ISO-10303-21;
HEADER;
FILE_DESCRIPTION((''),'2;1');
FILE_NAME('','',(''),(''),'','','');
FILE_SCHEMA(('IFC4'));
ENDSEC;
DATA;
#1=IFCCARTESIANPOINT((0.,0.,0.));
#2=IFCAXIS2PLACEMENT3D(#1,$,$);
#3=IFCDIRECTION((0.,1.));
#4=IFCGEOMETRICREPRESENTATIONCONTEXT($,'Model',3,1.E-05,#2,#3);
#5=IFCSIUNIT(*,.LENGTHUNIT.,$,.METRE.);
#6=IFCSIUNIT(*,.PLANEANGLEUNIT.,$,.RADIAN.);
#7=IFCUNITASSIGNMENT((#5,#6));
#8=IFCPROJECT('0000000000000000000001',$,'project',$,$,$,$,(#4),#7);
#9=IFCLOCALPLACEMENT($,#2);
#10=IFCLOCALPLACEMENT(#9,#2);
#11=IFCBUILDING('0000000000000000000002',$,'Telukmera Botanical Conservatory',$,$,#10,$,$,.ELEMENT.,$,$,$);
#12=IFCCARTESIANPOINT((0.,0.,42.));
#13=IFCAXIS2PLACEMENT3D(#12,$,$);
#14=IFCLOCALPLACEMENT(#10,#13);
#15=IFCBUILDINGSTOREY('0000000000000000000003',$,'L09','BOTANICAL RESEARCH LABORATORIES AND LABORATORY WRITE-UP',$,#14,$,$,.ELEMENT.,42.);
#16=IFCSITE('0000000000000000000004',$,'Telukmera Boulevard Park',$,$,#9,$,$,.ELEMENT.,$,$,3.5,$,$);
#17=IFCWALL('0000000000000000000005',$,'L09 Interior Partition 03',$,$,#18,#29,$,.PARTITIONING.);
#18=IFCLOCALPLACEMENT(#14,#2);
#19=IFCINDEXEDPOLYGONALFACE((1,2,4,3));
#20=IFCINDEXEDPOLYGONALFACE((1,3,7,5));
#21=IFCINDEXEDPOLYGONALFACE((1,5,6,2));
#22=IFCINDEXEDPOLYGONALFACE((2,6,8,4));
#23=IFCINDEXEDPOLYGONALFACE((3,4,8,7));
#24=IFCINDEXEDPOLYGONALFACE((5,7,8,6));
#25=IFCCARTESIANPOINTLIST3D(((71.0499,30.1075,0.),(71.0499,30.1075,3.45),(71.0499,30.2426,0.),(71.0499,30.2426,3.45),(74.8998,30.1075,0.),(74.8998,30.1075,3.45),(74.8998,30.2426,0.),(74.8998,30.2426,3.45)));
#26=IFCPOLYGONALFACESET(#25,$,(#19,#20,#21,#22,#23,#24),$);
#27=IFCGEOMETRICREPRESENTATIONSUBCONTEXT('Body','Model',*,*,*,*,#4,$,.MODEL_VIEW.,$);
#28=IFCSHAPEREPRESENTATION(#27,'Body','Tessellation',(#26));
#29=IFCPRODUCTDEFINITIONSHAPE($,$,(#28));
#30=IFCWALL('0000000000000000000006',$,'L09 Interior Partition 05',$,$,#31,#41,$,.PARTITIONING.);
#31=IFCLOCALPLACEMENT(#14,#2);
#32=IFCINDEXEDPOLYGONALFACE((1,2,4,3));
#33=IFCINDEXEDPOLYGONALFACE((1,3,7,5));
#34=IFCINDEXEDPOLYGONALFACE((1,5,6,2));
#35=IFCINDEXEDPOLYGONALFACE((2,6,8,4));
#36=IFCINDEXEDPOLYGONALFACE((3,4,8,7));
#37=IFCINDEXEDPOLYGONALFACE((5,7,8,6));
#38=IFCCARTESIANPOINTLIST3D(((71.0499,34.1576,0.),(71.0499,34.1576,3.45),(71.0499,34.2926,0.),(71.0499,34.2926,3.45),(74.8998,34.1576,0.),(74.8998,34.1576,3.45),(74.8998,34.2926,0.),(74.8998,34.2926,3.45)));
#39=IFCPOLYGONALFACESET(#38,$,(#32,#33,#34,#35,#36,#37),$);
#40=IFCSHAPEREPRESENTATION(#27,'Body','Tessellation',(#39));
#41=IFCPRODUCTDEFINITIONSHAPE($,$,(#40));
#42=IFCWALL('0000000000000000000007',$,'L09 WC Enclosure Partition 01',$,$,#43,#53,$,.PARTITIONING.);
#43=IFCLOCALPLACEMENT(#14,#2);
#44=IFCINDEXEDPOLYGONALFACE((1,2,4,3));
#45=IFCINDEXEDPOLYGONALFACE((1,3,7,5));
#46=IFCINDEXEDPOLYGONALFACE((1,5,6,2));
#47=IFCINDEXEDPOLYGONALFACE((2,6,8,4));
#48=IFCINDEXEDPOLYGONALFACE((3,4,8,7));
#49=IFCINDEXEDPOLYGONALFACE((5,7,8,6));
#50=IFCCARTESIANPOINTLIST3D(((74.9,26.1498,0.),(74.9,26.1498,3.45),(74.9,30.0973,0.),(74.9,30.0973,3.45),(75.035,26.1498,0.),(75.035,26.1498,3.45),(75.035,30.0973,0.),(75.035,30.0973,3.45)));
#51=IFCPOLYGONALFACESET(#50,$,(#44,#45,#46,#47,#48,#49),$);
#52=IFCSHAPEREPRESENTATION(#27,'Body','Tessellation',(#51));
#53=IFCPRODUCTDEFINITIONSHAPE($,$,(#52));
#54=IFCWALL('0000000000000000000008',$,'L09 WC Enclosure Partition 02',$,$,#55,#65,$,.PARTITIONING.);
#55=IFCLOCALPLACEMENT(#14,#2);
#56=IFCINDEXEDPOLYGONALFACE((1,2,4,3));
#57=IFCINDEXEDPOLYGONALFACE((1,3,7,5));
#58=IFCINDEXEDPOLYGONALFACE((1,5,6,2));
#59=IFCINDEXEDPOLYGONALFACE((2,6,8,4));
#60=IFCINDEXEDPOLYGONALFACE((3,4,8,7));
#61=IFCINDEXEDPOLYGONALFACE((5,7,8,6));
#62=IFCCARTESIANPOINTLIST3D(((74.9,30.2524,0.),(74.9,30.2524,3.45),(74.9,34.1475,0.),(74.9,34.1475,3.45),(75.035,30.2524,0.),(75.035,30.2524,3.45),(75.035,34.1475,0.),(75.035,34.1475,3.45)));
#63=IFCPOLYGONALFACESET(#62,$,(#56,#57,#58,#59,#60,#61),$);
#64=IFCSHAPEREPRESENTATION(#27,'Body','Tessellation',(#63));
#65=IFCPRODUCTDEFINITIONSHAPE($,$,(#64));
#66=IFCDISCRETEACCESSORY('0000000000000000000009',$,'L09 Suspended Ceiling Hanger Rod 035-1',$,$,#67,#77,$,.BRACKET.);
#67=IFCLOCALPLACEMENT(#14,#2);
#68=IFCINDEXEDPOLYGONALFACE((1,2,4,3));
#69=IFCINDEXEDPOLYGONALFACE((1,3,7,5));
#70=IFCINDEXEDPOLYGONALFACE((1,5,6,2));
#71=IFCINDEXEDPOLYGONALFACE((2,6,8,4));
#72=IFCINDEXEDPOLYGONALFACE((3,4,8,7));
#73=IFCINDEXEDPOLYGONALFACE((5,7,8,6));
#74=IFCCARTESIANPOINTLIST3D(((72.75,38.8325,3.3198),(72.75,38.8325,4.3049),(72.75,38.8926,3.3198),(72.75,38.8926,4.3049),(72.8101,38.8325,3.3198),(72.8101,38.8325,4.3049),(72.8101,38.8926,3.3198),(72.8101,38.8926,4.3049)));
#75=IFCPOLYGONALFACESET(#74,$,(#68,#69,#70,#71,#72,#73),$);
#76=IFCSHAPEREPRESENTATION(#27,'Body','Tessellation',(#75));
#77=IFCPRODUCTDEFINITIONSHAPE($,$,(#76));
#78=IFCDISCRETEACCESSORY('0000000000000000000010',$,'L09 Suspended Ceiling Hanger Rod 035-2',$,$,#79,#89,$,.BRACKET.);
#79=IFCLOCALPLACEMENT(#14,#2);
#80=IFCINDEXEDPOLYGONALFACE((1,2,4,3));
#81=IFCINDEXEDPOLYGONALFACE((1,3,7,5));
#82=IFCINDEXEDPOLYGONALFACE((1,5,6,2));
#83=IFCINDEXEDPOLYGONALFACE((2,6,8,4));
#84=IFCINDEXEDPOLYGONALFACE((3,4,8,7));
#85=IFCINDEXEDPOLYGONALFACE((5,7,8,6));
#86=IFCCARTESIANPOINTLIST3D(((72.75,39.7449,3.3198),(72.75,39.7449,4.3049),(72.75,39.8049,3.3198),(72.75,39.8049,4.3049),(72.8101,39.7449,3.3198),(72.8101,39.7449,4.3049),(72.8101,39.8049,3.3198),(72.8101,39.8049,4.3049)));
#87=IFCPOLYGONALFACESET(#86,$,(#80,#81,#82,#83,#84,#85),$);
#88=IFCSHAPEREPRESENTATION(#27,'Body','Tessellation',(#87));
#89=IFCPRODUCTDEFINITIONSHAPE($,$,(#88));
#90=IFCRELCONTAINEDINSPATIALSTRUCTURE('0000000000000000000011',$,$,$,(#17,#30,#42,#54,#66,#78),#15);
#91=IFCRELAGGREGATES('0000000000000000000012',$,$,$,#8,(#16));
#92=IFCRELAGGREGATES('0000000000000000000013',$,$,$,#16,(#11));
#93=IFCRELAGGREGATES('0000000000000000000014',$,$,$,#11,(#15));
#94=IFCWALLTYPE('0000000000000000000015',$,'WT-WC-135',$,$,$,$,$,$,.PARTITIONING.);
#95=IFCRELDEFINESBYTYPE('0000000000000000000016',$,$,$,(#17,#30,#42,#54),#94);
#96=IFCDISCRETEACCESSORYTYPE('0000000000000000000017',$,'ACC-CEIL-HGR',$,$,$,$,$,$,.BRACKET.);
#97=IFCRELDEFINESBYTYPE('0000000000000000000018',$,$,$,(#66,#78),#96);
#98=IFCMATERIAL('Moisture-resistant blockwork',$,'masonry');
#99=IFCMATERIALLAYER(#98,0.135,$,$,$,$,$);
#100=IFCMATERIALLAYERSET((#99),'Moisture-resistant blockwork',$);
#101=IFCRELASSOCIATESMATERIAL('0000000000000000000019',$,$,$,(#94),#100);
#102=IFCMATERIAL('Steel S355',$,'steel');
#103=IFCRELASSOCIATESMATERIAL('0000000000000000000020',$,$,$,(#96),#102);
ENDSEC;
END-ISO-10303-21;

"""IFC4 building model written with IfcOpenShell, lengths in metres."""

from ifc_helpers import new_model, si_unit, direction, frame, frame_2d, origin, origin_2d, place, context, subcontext, project, spatial, rectangle, extrude, material, layer, layer_set, type_object, element, save


model = new_model("IFC4")

# Units and contexts
model_context = context("Model", 3, precision=1e-05, world=origin(), true_north=direction((0.0, 1.0)))
body_context = subcontext(model_context, "Body", "Model", "MODEL_VIEW")
ifc_project = project(units=[si_unit("LENGTHUNIT", "METRE"), si_unit("PLANEANGLEUNIT", "RADIAN")], contexts=[model_context])

# Site, building, storey
site_placement = place(None, origin())
site = spatial("IfcSite", under=ifc_project, at=site_placement, Name="Telukmera Boulevard Park", CompositionType="ELEMENT", RefElevation=3.5)
building_placement = place(site_placement, origin())
building = spatial("IfcBuilding", under=site, at=building_placement, Name="Telukmera Botanical Conservatory", CompositionType="ELEMENT")
storey_placement = place(building_placement, frame((0.0, 0.0, 42.0)))
storey = spatial("IfcBuildingStorey", under=building, at=storey_placement, Name="L09", Description="BOTANICAL RESEARCH LABORATORIES AND LABORATORY WRITE-UP", CompositionType="ELEMENT", Elevation=42.0)

# Shared definitions
ifc_material_1 = material(Name="Moisture-resistant blockwork", Category="masonry")
ifc_layer_1 = layer(ifc_material_1, 0.135)
ifc_layer_set_1 = layer_set([ifc_layer_1], Name="Moisture-resistant blockwork")
wall_type_1 = type_object("IfcWallType", Name="WT-WC-135", PredefinedType="PARTITIONING", material=ifc_layer_set_1)

# Walls
for number, where, z_axis, x_axis, name in (
    (1, (71.05, 30.175, 0.0), (0.0, 0.0, 1.0), (1.0, 0.0, 0.0), "L09 Interior Partition 03"),
    (2, (71.05, 34.2251, 0.0), (0.0, 0.0, 1.0), (1.0, 0.0, 0.0), "L09 Interior Partition 05"),
):
    element("IfcWall", number, at=place(storey_placement, frame(where, z_axis=z_axis, x_axis=x_axis)), inside=storey, type_object=wall_type_1, Name=name, PredefinedType="PARTITIONING", context=body_context, shape_type="SweptSolid", body=[
        extrude(rectangle(XDim=3.8499, YDim=0.135, at=frame_2d((1.9248, 0.0))), origin(), (0.0, 0.0, 1.0), 3.45),
    ])
wall_1_placement = place(storey_placement, frame((74.9675, 26.1499, 0.0), z_axis=(0.0, 0.0, 1.0), x_axis=(0.0, 1.0, 0.0)))
element("IfcWall", 3, at=wall_1_placement, inside=storey, type_object=wall_type_1, Name="L09 WC Enclosure Partition 01", PredefinedType="PARTITIONING", context=body_context, shape_type="SweptSolid", body=[
    extrude(rectangle(XDim=3.9475, YDim=0.135, at=frame_2d((1.9736, 0.0))), origin(), (0.0, 0.0, 1.0), 3.45),
])
wall_2_placement = place(storey_placement, frame((74.9675, 30.2524, 0.0), z_axis=(0.0, 0.0, 1.0), x_axis=(0.0, 1.0, 0.0)))
element("IfcWall", 4, at=wall_2_placement, inside=storey, type_object=wall_type_1, Name="L09 WC Enclosure Partition 02", PredefinedType="PARTITIONING", context=body_context, shape_type="SweptSolid", body=[
    extrude(rectangle(XDim=3.895, YDim=0.135, at=frame_2d((1.9475, 0.0))), origin(), (0.0, 0.0, 1.0), 3.45),
])

# Discrete accessories
ifc_material_2 = material(Name="Steel S355", Category="steel")
discrete_accessory_type = type_object("IfcDiscreteAccessoryType", Name="ACC-CEIL-HGR", PredefinedType="BRACKET", material=ifc_material_2)
for number, where, z_axis, x_axis, name in (
    (5, (72.78, 38.8625, 3.3198), (0.0, 0.0, 1.0), (1.0, 0.0, 0.0), "L09 Suspended Ceiling Hanger Rod 035-1"),
    (6, (72.78, 39.7749, 3.3198), (0.0, 0.0, 1.0), (1.0, 0.0, 0.0), "L09 Suspended Ceiling Hanger Rod 035-2"),
):
    element("IfcDiscreteAccessory", number, at=place(storey_placement, frame(where, z_axis=z_axis, x_axis=x_axis)), inside=storey, type_object=discrete_accessory_type, Name=name, PredefinedType="BRACKET", context=body_context, shape_type="SweptSolid", body=[
        extrude(rectangle(XDim=0.0601, YDim=0.0601, at=origin_2d()), origin(), (0.0, 0.0, 1.0), 0.9851),
    ])

save(model, "model.ifc")
